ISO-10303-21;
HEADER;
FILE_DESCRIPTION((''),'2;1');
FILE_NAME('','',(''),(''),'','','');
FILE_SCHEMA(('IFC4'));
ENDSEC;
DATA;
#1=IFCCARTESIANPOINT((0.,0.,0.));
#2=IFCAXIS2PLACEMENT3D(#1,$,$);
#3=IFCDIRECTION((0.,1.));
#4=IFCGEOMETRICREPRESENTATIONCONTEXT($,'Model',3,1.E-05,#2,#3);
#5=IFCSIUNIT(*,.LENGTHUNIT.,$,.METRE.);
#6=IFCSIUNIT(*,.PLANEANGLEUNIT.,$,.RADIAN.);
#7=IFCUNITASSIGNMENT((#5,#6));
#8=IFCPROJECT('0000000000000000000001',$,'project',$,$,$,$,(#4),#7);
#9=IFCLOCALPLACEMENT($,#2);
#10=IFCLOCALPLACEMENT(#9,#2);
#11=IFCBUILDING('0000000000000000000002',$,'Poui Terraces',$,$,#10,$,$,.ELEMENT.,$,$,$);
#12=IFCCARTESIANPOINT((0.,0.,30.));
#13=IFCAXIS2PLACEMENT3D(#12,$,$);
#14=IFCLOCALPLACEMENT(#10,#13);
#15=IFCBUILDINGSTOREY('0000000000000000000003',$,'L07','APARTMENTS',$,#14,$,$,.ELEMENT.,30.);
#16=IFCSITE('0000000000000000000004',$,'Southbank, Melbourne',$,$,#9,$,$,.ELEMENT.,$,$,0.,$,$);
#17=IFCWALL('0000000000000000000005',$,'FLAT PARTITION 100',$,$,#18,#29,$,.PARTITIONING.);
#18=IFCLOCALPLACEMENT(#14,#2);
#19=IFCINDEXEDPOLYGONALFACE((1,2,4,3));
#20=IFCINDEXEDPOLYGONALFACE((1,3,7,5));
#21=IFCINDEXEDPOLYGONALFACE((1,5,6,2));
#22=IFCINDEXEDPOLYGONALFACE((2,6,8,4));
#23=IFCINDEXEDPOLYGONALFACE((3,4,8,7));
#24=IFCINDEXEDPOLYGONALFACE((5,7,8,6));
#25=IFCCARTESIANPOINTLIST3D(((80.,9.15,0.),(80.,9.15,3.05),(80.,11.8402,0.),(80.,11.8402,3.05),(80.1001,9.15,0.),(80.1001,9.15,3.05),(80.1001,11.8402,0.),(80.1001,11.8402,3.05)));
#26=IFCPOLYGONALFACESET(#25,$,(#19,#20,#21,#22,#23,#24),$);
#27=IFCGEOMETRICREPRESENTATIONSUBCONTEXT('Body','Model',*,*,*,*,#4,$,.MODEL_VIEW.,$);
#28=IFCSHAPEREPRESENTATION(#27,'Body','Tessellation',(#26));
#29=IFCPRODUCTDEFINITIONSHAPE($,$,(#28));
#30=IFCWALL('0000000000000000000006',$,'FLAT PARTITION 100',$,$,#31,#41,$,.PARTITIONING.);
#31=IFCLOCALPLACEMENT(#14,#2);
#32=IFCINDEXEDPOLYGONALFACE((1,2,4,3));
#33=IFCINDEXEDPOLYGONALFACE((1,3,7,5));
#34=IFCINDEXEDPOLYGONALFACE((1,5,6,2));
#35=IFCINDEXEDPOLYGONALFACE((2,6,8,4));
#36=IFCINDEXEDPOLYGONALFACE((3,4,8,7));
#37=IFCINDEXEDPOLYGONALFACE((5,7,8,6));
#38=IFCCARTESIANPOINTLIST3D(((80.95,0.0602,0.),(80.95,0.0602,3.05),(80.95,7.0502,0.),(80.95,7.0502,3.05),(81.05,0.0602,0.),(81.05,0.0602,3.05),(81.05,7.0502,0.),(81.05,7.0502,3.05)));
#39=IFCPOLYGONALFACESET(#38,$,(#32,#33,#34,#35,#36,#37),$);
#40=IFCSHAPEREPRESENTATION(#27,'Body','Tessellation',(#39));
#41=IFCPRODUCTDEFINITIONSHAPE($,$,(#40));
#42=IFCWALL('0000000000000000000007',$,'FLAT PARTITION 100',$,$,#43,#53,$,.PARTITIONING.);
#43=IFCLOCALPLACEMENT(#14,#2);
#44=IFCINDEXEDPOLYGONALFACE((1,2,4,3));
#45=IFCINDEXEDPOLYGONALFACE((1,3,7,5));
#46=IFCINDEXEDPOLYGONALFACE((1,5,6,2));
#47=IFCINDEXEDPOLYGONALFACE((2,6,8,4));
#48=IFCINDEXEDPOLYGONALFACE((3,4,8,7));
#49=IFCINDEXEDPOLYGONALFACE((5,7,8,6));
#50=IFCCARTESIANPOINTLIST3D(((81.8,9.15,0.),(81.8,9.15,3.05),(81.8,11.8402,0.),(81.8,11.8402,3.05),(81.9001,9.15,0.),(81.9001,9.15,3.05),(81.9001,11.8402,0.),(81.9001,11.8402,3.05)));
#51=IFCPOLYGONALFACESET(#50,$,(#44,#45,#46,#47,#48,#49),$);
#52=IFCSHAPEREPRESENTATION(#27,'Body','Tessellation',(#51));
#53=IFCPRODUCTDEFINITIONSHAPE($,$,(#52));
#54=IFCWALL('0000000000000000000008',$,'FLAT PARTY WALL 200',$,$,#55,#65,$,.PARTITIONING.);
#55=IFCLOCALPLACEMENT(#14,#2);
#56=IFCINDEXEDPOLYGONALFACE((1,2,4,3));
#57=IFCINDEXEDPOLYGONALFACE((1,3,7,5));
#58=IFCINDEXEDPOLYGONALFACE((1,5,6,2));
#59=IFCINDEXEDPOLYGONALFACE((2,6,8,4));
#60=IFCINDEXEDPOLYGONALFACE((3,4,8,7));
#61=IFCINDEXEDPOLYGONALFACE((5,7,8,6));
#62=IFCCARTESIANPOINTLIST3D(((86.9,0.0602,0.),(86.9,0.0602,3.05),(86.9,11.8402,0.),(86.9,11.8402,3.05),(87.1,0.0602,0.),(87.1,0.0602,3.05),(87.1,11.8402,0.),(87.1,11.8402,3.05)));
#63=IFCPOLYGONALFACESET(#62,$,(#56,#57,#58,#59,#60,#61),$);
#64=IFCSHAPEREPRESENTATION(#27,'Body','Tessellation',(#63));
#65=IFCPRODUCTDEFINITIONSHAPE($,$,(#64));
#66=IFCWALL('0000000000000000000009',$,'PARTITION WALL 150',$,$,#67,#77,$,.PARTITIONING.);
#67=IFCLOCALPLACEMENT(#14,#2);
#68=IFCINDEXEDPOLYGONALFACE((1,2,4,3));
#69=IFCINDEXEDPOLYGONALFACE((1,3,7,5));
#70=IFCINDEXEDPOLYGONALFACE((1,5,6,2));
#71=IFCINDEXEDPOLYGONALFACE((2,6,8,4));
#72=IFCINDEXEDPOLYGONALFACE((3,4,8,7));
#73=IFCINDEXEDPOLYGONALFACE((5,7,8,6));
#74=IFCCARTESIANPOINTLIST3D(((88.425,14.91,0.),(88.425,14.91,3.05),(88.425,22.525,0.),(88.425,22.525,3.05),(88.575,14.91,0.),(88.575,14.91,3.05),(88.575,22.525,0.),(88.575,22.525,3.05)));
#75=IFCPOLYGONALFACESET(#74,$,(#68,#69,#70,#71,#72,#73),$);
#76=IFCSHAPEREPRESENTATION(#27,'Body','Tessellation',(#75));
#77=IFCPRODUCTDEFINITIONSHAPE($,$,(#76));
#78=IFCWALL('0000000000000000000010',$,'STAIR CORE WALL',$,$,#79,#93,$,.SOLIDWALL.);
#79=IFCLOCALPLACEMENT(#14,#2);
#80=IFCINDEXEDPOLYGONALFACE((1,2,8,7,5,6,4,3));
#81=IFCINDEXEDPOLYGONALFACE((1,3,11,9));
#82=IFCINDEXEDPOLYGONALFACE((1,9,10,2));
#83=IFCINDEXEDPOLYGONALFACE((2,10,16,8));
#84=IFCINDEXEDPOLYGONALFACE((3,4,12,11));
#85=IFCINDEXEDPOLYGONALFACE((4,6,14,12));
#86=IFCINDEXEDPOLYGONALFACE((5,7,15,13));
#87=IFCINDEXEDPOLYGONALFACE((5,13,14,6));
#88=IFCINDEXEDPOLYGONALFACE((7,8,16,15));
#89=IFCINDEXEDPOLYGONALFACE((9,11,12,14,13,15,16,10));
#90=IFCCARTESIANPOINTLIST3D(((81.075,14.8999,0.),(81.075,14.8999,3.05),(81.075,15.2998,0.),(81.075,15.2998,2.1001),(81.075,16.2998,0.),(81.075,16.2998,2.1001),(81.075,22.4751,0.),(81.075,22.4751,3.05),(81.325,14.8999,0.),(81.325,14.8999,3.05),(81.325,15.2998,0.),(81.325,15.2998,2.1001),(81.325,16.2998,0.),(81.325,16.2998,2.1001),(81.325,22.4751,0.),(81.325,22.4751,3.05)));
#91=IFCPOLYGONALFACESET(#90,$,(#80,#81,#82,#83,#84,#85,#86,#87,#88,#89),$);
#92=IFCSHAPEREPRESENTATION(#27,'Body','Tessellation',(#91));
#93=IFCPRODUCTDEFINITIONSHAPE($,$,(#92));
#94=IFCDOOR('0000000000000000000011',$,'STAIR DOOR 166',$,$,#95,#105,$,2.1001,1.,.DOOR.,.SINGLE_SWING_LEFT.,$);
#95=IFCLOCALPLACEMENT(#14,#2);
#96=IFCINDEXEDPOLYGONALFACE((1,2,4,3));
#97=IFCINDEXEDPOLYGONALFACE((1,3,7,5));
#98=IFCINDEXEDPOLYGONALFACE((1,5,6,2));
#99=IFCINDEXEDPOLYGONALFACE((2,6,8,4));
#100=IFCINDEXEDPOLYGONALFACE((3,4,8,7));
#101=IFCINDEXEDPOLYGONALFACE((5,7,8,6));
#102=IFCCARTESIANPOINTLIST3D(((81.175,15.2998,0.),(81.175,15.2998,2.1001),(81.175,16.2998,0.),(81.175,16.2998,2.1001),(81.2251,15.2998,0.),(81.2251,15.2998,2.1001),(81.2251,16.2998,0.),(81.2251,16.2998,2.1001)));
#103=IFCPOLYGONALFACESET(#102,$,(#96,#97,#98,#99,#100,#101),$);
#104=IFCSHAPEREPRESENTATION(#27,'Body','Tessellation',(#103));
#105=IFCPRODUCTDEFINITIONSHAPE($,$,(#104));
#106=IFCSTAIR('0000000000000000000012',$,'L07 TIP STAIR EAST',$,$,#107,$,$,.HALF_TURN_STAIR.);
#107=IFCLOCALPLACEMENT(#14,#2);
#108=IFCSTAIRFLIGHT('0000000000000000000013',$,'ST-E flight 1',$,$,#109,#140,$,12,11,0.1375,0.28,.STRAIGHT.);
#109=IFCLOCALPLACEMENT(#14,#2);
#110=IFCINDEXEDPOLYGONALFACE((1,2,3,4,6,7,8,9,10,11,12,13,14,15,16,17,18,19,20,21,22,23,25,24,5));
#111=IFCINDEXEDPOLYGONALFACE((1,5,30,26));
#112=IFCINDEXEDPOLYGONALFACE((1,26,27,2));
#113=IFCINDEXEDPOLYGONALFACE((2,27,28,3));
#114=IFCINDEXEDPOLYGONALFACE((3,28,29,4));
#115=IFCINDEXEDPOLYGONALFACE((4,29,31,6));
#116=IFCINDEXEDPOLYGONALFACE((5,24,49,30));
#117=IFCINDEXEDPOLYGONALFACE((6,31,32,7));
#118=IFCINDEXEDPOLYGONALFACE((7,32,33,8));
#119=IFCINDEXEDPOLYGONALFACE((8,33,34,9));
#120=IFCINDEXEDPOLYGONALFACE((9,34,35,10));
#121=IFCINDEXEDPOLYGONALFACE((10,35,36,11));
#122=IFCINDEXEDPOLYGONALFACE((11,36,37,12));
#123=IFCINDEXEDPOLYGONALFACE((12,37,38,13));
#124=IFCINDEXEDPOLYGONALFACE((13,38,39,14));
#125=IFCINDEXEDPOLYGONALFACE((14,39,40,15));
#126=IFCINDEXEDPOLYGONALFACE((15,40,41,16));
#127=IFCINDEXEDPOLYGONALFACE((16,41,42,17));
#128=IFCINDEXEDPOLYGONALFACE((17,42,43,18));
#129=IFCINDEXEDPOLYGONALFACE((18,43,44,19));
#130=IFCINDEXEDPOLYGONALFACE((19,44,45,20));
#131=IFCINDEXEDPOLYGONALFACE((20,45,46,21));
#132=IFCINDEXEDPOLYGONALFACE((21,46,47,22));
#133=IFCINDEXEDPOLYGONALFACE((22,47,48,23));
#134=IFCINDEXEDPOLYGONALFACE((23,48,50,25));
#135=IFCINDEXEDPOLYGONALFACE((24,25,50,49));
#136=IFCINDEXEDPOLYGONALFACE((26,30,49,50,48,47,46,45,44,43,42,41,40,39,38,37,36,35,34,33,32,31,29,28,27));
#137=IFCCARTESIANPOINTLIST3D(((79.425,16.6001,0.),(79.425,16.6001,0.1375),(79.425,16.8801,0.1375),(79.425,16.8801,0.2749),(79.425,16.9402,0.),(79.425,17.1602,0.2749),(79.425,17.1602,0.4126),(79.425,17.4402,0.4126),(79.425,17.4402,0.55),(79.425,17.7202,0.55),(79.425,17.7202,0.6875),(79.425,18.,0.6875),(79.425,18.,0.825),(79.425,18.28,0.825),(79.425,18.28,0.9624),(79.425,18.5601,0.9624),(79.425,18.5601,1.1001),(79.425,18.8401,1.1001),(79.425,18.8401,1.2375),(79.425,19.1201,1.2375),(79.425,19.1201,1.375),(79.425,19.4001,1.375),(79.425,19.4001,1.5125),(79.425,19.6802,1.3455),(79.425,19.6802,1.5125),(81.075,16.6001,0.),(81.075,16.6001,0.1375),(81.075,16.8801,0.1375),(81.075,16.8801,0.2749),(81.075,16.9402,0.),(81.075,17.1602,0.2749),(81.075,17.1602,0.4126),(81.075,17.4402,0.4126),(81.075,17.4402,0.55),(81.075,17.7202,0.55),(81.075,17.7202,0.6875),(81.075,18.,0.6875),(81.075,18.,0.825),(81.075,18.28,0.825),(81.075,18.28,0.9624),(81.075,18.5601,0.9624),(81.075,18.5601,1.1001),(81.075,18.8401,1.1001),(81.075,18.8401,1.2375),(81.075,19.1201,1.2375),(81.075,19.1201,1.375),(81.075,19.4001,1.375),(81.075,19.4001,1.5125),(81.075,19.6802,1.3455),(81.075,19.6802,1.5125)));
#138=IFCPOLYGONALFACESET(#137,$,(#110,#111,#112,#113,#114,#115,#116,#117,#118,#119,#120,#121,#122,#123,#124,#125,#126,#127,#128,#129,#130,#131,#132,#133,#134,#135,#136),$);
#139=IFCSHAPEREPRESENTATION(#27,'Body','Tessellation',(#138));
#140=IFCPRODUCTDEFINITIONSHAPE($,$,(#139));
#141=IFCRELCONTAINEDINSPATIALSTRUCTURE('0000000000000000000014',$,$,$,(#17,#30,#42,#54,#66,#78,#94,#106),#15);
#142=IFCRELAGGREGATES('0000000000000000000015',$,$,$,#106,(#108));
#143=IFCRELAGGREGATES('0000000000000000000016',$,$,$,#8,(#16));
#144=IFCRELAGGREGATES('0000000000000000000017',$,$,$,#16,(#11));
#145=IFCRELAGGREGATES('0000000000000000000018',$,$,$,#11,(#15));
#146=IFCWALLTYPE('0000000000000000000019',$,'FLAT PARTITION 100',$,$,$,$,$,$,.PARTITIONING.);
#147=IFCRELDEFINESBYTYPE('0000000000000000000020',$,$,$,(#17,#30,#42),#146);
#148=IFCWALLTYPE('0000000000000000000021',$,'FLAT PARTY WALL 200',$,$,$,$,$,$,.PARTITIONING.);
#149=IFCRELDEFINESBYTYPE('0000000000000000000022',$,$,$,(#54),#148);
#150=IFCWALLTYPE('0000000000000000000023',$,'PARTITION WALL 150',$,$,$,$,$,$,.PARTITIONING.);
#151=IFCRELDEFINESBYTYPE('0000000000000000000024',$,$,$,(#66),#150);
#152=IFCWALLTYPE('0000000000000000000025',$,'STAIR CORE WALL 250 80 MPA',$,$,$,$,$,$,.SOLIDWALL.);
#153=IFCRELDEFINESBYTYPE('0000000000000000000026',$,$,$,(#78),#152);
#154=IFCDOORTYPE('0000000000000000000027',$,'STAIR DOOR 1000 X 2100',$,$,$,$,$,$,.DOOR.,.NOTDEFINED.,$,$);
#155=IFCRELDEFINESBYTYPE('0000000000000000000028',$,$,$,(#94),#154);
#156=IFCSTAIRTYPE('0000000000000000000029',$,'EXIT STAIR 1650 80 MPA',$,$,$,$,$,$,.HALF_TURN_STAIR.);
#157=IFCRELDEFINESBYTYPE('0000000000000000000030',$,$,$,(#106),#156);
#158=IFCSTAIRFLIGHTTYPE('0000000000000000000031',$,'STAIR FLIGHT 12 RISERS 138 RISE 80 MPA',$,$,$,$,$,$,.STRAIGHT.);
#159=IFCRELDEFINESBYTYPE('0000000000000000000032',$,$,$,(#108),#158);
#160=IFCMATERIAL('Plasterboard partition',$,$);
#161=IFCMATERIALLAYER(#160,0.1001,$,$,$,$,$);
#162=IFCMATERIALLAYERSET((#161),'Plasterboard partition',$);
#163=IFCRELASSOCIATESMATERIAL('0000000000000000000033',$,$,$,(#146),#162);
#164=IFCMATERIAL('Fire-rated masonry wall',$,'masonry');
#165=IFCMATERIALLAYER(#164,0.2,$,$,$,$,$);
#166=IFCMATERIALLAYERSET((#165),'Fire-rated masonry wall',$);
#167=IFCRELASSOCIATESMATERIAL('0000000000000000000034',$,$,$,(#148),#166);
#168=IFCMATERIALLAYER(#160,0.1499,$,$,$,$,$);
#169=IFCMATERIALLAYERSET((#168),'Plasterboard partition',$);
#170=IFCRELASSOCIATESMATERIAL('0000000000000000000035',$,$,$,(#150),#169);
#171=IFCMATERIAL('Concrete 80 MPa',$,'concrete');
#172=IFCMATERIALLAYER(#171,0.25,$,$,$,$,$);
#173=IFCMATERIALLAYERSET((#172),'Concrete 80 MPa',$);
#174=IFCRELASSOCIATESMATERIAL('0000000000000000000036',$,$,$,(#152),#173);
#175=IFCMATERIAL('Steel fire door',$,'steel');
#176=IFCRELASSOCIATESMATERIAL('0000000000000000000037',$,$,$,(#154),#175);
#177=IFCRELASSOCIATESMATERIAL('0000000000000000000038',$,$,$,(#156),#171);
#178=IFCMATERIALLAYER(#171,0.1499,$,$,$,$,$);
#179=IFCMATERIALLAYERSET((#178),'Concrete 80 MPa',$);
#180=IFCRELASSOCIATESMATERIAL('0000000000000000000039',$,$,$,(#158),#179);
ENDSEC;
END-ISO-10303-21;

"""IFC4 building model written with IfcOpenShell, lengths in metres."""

from ifc_helpers import new_model, si_unit, direction, frame, frame_2d, origin, place, context, subcontext, project, spatial, polyline, rectangle, outline, extrude, material, layer, layer_set, type_object, element, fill, aggregate, save


model = new_model("IFC4")

# Units and contexts
model_context = context("Model", 3, precision=1e-05, world=origin(), true_north=direction((0.0, 1.0)))
body_context = subcontext(model_context, "Body", "Model", "MODEL_VIEW")
ifc_project = project(units=[si_unit("LENGTHUNIT", "METRE"), si_unit("PLANEANGLEUNIT", "RADIAN")], contexts=[model_context])

# Site, building, storey
site_placement = place(None, origin())
site = spatial("IfcSite", under=ifc_project, at=site_placement, Name="Southbank, Melbourne", CompositionType="ELEMENT", RefElevation=0.0)
building_placement = place(site_placement, origin())
building = spatial("IfcBuilding", under=site, at=building_placement, Name="Poui Terraces", CompositionType="ELEMENT")
storey_placement = place(building_placement, frame((0.0, 0.0, 30.0)))
storey = spatial("IfcBuildingStorey", under=building, at=storey_placement, Name="L07", Description="APARTMENTS", CompositionType="ELEMENT", Elevation=30.0)

# Shared definitions
ifc_material_1 = material(Name="Concrete 80 MPa", Category="concrete")

# Shared definitions
ifc_material_2 = material(Name="Plasterboard partition")
ifc_layer_1 = layer(ifc_material_2, 0.1001)
ifc_layer_set_1 = layer_set([ifc_layer_1], Name="Plasterboard partition")
wall_type_1 = type_object("IfcWallType", Name="FLAT PARTITION 100", PredefinedType="PARTITIONING", material=ifc_layer_set_1)

# Walls
wall_1_placement = place(storey_placement, frame((80.05, 9.1499, 0.0), z_axis=(0.0, 0.0, 1.0), x_axis=(0.0, 1.0, 0.0)))
element("IfcWall", 1, at=wall_1_placement, inside=storey, type_object=wall_type_1, Name="FLAT PARTITION 100", PredefinedType="PARTITIONING", context=body_context, shape_type="SweptSolid", body=[
    extrude(rectangle(XDim=2.6902, YDim=0.1001, at=frame_2d((1.3452, 0.0))), origin(), (0.0, 0.0, 1.0), 3.05),
])
wall_2_placement = place(storey_placement, frame((81.0, 0.0601, 0.0), z_axis=(0.0, 0.0, 1.0), x_axis=(0.0, 1.0, 0.0)))
element("IfcWall", 2, at=wall_2_placement, inside=storey, type_object=wall_type_1, Name="FLAT PARTITION 100", PredefinedType="PARTITIONING", context=body_context, shape_type="SweptSolid", body=[
    extrude(rectangle(XDim=6.99, YDim=0.1001, at=frame_2d((3.4951, 0.0))), origin(), (0.0, 0.0, 1.0), 3.05),
])
wall_3_placement = place(storey_placement, frame((81.8501, 9.1499, 0.0), z_axis=(0.0, 0.0, 1.0), x_axis=(0.0, 1.0, 0.0)))
element("IfcWall", 3, at=wall_3_placement, inside=storey, type_object=wall_type_1, Name="FLAT PARTITION 100", PredefinedType="PARTITIONING", context=body_context, shape_type="SweptSolid", body=[
    extrude(rectangle(XDim=2.6902, YDim=0.1001, at=frame_2d((1.3452, 0.0))), origin(), (0.0, 0.0, 1.0), 3.05),
])
ifc_material_3 = material(Name="Fire-rated masonry wall", Category="masonry")
ifc_layer_2 = layer(ifc_material_3, 0.2)
ifc_layer_set_2 = layer_set([ifc_layer_2], Name="Fire-rated masonry wall")
wall_type_2 = type_object("IfcWallType", Name="FLAT PARTY WALL 200", PredefinedType="PARTITIONING", material=ifc_layer_set_2)
wall_4_placement = place(storey_placement, frame((87.0, 0.0601, 0.0), z_axis=(0.0, 0.0, 1.0), x_axis=(0.0, 1.0, 0.0)))
element("IfcWall", 4, at=wall_4_placement, inside=storey, type_object=wall_type_2, Name="FLAT PARTY WALL 200", PredefinedType="PARTITIONING", context=body_context, shape_type="SweptSolid", body=[
    extrude(rectangle(XDim=11.78, YDim=0.2, at=frame_2d((5.8901, 0.0))), origin(), (0.0, 0.0, 1.0), 3.05),
])
ifc_layer_3 = layer(ifc_material_2, 0.1499)
ifc_layer_set_3 = layer_set([ifc_layer_3], Name="Plasterboard partition")
wall_type_3 = type_object("IfcWallType", Name="PARTITION WALL 150", PredefinedType="PARTITIONING", material=ifc_layer_set_3)
wall_5_placement = place(storey_placement, frame((88.5, 14.9099, 0.0), z_axis=(0.0, 0.0, 1.0), x_axis=(0.0, 1.0, 0.0)))
element("IfcWall", 5, at=wall_5_placement, inside=storey, type_object=wall_type_3, Name="PARTITION WALL 150", PredefinedType="PARTITIONING", context=body_context, shape_type="SweptSolid", body=[
    extrude(rectangle(XDim=7.615, YDim=0.1499, at=frame_2d((3.8076, 0.0))), origin(), (0.0, 0.0, 1.0), 3.05),
])

# Wall, opening, door
ifc_layer_4 = layer(ifc_material_1, 0.25)
ifc_layer_set_4 = layer_set([ifc_layer_4], Name="Concrete 80 MPa")
wall_type_4 = type_object("IfcWallType", Name="STAIR CORE WALL 250 80 MPA", PredefinedType="SOLIDWALL", material=ifc_layer_set_4)
wall_6_placement = place(storey_placement, frame((81.2, 14.8999, 0.0), z_axis=(0.0, 0.0, 1.0), x_axis=(0.0, 1.0, 0.0)))
wall_6 = element("IfcWall", 6, at=wall_6_placement, inside=storey, type_object=wall_type_4, Name="STAIR CORE WALL", PredefinedType="SOLIDWALL", context=body_context, shape_type="SweptSolid", body=[
    extrude(rectangle(XDim=7.5752, YDim=0.25, at=frame_2d((3.7876, 0.0))), origin(), (0.0, 0.0, 1.0), 3.05),
])
opening_1_placement = place(wall_6_placement, frame((0.3999, 0.0, 0.0)))
opening_1 = element("IfcOpeningElement", 7, at=opening_1_placement, cuts=wall_6, PredefinedType="OPENING", context=body_context, shape_type="SweptSolid", body=[
    extrude(rectangle(XDim=1.0, YDim=2.1001, at=frame_2d((0.5, 1.05))), frame((0.0, 0.135, 0.0), z_axis=(0.0, -1.0, 0.0), x_axis=(1.0, 0.0, 0.0)), (0.0, 0.0, 1.0), 0.27),
])
ifc_material_4 = material(Name="Steel fire door", Category="steel")
door_type_1 = type_object("IfcDoorType", Name="STAIR DOOR 1000 X 2100", OperationType="NOTDEFINED", PredefinedType="DOOR", material=ifc_material_4)
door_1_placement = place(opening_1_placement, origin())
door_1 = element("IfcDoor", 8, at=door_1_placement, inside=storey, type_object=door_type_1, Name="STAIR DOOR 166", OperationType="SINGLE_SWING_LEFT", OverallHeight=2.1001, OverallWidth=1.0, PredefinedType="DOOR", context=body_context, shape_type="SweptSolid", body=[
    extrude(rectangle(XDim=1.0, YDim=2.1001, at=frame_2d((0.5, 1.05))), frame((0.0, 0.0249, 0.0), z_axis=(0.0, -1.0, 0.0), x_axis=(1.0, 0.0, 0.0)), (0.0, 0.0, 1.0), 0.05),
])
fill(opening_1, door_1)

# Stair, stair flight
stair_type = type_object("IfcStairType", Name="EXIT STAIR 1650 80 MPA", PredefinedType="HALF_TURN_STAIR", material=ifc_material_1)
stair_placement = place(storey_placement, origin())
stair = element("IfcStair", 9, at=stair_placement, inside=storey, type_object=stair_type, Name="L07 TIP STAIR EAST", PredefinedType="HALF_TURN_STAIR")
ifc_layer_5 = layer(ifc_material_1, 0.1499)
ifc_layer_set_5 = layer_set([ifc_layer_5], Name="Concrete 80 MPa")
stair_flight_type = type_object("IfcStairFlightType", Name="STAIR FLIGHT 12 RISERS 138 RISE 80 MPA", PredefinedType="STRAIGHT", material=ifc_layer_set_5)
stair_flight_placement = place(storey_placement, frame((80.25, 16.6001, 0.0), z_axis=(0.0, 0.0, 1.0), x_axis=(0.0, 1.0, 0.0)))
stair_flight = element("IfcStairFlight", 10, at=stair_flight_placement, type_object=stair_flight_type, Name="ST-E flight 1", NumberOfRisers=12, NumberOfTreads=11, PredefinedType="STRAIGHT", RiserHeight=0.1375, TreadLength=0.28, context=body_context, shape_type="SweptSolid", body=[
    extrude(outline(polyline([(0.0, 0.0), (0.0, 0.1375), (0.28, 0.1375), (0.28, 0.2749), (0.5601, 0.2749), (0.5601, 0.4126), (0.8401, 0.4126), (0.8401, 0.55), (1.1201, 0.55), (1.1201, 0.6875), (1.3999, 0.6875), (1.3999, 0.825), (1.6799, 0.825), (1.6799, 0.9624), (1.96, 0.9624), (1.96, 1.1001), (2.24, 1.1001), (2.24, 1.2375), (2.52, 1.2375), (2.52, 1.375), (2.8, 1.375), (2.8, 1.5125), (3.0801, 1.5125), (3.0801, 1.6499), (3.0801, 1.3455), (0.3401, 0.0), (0.0, 0.0)])), frame((0.0, 0.825, 0.0), z_axis=(0.0, -1.0, 0.0), x_axis=(1.0, 0.0, 0.0)), (0.0, 0.0, 1.0), 1.6499),
])
aggregate(stair, [stair_flight])

save(model, "model.ifc")
